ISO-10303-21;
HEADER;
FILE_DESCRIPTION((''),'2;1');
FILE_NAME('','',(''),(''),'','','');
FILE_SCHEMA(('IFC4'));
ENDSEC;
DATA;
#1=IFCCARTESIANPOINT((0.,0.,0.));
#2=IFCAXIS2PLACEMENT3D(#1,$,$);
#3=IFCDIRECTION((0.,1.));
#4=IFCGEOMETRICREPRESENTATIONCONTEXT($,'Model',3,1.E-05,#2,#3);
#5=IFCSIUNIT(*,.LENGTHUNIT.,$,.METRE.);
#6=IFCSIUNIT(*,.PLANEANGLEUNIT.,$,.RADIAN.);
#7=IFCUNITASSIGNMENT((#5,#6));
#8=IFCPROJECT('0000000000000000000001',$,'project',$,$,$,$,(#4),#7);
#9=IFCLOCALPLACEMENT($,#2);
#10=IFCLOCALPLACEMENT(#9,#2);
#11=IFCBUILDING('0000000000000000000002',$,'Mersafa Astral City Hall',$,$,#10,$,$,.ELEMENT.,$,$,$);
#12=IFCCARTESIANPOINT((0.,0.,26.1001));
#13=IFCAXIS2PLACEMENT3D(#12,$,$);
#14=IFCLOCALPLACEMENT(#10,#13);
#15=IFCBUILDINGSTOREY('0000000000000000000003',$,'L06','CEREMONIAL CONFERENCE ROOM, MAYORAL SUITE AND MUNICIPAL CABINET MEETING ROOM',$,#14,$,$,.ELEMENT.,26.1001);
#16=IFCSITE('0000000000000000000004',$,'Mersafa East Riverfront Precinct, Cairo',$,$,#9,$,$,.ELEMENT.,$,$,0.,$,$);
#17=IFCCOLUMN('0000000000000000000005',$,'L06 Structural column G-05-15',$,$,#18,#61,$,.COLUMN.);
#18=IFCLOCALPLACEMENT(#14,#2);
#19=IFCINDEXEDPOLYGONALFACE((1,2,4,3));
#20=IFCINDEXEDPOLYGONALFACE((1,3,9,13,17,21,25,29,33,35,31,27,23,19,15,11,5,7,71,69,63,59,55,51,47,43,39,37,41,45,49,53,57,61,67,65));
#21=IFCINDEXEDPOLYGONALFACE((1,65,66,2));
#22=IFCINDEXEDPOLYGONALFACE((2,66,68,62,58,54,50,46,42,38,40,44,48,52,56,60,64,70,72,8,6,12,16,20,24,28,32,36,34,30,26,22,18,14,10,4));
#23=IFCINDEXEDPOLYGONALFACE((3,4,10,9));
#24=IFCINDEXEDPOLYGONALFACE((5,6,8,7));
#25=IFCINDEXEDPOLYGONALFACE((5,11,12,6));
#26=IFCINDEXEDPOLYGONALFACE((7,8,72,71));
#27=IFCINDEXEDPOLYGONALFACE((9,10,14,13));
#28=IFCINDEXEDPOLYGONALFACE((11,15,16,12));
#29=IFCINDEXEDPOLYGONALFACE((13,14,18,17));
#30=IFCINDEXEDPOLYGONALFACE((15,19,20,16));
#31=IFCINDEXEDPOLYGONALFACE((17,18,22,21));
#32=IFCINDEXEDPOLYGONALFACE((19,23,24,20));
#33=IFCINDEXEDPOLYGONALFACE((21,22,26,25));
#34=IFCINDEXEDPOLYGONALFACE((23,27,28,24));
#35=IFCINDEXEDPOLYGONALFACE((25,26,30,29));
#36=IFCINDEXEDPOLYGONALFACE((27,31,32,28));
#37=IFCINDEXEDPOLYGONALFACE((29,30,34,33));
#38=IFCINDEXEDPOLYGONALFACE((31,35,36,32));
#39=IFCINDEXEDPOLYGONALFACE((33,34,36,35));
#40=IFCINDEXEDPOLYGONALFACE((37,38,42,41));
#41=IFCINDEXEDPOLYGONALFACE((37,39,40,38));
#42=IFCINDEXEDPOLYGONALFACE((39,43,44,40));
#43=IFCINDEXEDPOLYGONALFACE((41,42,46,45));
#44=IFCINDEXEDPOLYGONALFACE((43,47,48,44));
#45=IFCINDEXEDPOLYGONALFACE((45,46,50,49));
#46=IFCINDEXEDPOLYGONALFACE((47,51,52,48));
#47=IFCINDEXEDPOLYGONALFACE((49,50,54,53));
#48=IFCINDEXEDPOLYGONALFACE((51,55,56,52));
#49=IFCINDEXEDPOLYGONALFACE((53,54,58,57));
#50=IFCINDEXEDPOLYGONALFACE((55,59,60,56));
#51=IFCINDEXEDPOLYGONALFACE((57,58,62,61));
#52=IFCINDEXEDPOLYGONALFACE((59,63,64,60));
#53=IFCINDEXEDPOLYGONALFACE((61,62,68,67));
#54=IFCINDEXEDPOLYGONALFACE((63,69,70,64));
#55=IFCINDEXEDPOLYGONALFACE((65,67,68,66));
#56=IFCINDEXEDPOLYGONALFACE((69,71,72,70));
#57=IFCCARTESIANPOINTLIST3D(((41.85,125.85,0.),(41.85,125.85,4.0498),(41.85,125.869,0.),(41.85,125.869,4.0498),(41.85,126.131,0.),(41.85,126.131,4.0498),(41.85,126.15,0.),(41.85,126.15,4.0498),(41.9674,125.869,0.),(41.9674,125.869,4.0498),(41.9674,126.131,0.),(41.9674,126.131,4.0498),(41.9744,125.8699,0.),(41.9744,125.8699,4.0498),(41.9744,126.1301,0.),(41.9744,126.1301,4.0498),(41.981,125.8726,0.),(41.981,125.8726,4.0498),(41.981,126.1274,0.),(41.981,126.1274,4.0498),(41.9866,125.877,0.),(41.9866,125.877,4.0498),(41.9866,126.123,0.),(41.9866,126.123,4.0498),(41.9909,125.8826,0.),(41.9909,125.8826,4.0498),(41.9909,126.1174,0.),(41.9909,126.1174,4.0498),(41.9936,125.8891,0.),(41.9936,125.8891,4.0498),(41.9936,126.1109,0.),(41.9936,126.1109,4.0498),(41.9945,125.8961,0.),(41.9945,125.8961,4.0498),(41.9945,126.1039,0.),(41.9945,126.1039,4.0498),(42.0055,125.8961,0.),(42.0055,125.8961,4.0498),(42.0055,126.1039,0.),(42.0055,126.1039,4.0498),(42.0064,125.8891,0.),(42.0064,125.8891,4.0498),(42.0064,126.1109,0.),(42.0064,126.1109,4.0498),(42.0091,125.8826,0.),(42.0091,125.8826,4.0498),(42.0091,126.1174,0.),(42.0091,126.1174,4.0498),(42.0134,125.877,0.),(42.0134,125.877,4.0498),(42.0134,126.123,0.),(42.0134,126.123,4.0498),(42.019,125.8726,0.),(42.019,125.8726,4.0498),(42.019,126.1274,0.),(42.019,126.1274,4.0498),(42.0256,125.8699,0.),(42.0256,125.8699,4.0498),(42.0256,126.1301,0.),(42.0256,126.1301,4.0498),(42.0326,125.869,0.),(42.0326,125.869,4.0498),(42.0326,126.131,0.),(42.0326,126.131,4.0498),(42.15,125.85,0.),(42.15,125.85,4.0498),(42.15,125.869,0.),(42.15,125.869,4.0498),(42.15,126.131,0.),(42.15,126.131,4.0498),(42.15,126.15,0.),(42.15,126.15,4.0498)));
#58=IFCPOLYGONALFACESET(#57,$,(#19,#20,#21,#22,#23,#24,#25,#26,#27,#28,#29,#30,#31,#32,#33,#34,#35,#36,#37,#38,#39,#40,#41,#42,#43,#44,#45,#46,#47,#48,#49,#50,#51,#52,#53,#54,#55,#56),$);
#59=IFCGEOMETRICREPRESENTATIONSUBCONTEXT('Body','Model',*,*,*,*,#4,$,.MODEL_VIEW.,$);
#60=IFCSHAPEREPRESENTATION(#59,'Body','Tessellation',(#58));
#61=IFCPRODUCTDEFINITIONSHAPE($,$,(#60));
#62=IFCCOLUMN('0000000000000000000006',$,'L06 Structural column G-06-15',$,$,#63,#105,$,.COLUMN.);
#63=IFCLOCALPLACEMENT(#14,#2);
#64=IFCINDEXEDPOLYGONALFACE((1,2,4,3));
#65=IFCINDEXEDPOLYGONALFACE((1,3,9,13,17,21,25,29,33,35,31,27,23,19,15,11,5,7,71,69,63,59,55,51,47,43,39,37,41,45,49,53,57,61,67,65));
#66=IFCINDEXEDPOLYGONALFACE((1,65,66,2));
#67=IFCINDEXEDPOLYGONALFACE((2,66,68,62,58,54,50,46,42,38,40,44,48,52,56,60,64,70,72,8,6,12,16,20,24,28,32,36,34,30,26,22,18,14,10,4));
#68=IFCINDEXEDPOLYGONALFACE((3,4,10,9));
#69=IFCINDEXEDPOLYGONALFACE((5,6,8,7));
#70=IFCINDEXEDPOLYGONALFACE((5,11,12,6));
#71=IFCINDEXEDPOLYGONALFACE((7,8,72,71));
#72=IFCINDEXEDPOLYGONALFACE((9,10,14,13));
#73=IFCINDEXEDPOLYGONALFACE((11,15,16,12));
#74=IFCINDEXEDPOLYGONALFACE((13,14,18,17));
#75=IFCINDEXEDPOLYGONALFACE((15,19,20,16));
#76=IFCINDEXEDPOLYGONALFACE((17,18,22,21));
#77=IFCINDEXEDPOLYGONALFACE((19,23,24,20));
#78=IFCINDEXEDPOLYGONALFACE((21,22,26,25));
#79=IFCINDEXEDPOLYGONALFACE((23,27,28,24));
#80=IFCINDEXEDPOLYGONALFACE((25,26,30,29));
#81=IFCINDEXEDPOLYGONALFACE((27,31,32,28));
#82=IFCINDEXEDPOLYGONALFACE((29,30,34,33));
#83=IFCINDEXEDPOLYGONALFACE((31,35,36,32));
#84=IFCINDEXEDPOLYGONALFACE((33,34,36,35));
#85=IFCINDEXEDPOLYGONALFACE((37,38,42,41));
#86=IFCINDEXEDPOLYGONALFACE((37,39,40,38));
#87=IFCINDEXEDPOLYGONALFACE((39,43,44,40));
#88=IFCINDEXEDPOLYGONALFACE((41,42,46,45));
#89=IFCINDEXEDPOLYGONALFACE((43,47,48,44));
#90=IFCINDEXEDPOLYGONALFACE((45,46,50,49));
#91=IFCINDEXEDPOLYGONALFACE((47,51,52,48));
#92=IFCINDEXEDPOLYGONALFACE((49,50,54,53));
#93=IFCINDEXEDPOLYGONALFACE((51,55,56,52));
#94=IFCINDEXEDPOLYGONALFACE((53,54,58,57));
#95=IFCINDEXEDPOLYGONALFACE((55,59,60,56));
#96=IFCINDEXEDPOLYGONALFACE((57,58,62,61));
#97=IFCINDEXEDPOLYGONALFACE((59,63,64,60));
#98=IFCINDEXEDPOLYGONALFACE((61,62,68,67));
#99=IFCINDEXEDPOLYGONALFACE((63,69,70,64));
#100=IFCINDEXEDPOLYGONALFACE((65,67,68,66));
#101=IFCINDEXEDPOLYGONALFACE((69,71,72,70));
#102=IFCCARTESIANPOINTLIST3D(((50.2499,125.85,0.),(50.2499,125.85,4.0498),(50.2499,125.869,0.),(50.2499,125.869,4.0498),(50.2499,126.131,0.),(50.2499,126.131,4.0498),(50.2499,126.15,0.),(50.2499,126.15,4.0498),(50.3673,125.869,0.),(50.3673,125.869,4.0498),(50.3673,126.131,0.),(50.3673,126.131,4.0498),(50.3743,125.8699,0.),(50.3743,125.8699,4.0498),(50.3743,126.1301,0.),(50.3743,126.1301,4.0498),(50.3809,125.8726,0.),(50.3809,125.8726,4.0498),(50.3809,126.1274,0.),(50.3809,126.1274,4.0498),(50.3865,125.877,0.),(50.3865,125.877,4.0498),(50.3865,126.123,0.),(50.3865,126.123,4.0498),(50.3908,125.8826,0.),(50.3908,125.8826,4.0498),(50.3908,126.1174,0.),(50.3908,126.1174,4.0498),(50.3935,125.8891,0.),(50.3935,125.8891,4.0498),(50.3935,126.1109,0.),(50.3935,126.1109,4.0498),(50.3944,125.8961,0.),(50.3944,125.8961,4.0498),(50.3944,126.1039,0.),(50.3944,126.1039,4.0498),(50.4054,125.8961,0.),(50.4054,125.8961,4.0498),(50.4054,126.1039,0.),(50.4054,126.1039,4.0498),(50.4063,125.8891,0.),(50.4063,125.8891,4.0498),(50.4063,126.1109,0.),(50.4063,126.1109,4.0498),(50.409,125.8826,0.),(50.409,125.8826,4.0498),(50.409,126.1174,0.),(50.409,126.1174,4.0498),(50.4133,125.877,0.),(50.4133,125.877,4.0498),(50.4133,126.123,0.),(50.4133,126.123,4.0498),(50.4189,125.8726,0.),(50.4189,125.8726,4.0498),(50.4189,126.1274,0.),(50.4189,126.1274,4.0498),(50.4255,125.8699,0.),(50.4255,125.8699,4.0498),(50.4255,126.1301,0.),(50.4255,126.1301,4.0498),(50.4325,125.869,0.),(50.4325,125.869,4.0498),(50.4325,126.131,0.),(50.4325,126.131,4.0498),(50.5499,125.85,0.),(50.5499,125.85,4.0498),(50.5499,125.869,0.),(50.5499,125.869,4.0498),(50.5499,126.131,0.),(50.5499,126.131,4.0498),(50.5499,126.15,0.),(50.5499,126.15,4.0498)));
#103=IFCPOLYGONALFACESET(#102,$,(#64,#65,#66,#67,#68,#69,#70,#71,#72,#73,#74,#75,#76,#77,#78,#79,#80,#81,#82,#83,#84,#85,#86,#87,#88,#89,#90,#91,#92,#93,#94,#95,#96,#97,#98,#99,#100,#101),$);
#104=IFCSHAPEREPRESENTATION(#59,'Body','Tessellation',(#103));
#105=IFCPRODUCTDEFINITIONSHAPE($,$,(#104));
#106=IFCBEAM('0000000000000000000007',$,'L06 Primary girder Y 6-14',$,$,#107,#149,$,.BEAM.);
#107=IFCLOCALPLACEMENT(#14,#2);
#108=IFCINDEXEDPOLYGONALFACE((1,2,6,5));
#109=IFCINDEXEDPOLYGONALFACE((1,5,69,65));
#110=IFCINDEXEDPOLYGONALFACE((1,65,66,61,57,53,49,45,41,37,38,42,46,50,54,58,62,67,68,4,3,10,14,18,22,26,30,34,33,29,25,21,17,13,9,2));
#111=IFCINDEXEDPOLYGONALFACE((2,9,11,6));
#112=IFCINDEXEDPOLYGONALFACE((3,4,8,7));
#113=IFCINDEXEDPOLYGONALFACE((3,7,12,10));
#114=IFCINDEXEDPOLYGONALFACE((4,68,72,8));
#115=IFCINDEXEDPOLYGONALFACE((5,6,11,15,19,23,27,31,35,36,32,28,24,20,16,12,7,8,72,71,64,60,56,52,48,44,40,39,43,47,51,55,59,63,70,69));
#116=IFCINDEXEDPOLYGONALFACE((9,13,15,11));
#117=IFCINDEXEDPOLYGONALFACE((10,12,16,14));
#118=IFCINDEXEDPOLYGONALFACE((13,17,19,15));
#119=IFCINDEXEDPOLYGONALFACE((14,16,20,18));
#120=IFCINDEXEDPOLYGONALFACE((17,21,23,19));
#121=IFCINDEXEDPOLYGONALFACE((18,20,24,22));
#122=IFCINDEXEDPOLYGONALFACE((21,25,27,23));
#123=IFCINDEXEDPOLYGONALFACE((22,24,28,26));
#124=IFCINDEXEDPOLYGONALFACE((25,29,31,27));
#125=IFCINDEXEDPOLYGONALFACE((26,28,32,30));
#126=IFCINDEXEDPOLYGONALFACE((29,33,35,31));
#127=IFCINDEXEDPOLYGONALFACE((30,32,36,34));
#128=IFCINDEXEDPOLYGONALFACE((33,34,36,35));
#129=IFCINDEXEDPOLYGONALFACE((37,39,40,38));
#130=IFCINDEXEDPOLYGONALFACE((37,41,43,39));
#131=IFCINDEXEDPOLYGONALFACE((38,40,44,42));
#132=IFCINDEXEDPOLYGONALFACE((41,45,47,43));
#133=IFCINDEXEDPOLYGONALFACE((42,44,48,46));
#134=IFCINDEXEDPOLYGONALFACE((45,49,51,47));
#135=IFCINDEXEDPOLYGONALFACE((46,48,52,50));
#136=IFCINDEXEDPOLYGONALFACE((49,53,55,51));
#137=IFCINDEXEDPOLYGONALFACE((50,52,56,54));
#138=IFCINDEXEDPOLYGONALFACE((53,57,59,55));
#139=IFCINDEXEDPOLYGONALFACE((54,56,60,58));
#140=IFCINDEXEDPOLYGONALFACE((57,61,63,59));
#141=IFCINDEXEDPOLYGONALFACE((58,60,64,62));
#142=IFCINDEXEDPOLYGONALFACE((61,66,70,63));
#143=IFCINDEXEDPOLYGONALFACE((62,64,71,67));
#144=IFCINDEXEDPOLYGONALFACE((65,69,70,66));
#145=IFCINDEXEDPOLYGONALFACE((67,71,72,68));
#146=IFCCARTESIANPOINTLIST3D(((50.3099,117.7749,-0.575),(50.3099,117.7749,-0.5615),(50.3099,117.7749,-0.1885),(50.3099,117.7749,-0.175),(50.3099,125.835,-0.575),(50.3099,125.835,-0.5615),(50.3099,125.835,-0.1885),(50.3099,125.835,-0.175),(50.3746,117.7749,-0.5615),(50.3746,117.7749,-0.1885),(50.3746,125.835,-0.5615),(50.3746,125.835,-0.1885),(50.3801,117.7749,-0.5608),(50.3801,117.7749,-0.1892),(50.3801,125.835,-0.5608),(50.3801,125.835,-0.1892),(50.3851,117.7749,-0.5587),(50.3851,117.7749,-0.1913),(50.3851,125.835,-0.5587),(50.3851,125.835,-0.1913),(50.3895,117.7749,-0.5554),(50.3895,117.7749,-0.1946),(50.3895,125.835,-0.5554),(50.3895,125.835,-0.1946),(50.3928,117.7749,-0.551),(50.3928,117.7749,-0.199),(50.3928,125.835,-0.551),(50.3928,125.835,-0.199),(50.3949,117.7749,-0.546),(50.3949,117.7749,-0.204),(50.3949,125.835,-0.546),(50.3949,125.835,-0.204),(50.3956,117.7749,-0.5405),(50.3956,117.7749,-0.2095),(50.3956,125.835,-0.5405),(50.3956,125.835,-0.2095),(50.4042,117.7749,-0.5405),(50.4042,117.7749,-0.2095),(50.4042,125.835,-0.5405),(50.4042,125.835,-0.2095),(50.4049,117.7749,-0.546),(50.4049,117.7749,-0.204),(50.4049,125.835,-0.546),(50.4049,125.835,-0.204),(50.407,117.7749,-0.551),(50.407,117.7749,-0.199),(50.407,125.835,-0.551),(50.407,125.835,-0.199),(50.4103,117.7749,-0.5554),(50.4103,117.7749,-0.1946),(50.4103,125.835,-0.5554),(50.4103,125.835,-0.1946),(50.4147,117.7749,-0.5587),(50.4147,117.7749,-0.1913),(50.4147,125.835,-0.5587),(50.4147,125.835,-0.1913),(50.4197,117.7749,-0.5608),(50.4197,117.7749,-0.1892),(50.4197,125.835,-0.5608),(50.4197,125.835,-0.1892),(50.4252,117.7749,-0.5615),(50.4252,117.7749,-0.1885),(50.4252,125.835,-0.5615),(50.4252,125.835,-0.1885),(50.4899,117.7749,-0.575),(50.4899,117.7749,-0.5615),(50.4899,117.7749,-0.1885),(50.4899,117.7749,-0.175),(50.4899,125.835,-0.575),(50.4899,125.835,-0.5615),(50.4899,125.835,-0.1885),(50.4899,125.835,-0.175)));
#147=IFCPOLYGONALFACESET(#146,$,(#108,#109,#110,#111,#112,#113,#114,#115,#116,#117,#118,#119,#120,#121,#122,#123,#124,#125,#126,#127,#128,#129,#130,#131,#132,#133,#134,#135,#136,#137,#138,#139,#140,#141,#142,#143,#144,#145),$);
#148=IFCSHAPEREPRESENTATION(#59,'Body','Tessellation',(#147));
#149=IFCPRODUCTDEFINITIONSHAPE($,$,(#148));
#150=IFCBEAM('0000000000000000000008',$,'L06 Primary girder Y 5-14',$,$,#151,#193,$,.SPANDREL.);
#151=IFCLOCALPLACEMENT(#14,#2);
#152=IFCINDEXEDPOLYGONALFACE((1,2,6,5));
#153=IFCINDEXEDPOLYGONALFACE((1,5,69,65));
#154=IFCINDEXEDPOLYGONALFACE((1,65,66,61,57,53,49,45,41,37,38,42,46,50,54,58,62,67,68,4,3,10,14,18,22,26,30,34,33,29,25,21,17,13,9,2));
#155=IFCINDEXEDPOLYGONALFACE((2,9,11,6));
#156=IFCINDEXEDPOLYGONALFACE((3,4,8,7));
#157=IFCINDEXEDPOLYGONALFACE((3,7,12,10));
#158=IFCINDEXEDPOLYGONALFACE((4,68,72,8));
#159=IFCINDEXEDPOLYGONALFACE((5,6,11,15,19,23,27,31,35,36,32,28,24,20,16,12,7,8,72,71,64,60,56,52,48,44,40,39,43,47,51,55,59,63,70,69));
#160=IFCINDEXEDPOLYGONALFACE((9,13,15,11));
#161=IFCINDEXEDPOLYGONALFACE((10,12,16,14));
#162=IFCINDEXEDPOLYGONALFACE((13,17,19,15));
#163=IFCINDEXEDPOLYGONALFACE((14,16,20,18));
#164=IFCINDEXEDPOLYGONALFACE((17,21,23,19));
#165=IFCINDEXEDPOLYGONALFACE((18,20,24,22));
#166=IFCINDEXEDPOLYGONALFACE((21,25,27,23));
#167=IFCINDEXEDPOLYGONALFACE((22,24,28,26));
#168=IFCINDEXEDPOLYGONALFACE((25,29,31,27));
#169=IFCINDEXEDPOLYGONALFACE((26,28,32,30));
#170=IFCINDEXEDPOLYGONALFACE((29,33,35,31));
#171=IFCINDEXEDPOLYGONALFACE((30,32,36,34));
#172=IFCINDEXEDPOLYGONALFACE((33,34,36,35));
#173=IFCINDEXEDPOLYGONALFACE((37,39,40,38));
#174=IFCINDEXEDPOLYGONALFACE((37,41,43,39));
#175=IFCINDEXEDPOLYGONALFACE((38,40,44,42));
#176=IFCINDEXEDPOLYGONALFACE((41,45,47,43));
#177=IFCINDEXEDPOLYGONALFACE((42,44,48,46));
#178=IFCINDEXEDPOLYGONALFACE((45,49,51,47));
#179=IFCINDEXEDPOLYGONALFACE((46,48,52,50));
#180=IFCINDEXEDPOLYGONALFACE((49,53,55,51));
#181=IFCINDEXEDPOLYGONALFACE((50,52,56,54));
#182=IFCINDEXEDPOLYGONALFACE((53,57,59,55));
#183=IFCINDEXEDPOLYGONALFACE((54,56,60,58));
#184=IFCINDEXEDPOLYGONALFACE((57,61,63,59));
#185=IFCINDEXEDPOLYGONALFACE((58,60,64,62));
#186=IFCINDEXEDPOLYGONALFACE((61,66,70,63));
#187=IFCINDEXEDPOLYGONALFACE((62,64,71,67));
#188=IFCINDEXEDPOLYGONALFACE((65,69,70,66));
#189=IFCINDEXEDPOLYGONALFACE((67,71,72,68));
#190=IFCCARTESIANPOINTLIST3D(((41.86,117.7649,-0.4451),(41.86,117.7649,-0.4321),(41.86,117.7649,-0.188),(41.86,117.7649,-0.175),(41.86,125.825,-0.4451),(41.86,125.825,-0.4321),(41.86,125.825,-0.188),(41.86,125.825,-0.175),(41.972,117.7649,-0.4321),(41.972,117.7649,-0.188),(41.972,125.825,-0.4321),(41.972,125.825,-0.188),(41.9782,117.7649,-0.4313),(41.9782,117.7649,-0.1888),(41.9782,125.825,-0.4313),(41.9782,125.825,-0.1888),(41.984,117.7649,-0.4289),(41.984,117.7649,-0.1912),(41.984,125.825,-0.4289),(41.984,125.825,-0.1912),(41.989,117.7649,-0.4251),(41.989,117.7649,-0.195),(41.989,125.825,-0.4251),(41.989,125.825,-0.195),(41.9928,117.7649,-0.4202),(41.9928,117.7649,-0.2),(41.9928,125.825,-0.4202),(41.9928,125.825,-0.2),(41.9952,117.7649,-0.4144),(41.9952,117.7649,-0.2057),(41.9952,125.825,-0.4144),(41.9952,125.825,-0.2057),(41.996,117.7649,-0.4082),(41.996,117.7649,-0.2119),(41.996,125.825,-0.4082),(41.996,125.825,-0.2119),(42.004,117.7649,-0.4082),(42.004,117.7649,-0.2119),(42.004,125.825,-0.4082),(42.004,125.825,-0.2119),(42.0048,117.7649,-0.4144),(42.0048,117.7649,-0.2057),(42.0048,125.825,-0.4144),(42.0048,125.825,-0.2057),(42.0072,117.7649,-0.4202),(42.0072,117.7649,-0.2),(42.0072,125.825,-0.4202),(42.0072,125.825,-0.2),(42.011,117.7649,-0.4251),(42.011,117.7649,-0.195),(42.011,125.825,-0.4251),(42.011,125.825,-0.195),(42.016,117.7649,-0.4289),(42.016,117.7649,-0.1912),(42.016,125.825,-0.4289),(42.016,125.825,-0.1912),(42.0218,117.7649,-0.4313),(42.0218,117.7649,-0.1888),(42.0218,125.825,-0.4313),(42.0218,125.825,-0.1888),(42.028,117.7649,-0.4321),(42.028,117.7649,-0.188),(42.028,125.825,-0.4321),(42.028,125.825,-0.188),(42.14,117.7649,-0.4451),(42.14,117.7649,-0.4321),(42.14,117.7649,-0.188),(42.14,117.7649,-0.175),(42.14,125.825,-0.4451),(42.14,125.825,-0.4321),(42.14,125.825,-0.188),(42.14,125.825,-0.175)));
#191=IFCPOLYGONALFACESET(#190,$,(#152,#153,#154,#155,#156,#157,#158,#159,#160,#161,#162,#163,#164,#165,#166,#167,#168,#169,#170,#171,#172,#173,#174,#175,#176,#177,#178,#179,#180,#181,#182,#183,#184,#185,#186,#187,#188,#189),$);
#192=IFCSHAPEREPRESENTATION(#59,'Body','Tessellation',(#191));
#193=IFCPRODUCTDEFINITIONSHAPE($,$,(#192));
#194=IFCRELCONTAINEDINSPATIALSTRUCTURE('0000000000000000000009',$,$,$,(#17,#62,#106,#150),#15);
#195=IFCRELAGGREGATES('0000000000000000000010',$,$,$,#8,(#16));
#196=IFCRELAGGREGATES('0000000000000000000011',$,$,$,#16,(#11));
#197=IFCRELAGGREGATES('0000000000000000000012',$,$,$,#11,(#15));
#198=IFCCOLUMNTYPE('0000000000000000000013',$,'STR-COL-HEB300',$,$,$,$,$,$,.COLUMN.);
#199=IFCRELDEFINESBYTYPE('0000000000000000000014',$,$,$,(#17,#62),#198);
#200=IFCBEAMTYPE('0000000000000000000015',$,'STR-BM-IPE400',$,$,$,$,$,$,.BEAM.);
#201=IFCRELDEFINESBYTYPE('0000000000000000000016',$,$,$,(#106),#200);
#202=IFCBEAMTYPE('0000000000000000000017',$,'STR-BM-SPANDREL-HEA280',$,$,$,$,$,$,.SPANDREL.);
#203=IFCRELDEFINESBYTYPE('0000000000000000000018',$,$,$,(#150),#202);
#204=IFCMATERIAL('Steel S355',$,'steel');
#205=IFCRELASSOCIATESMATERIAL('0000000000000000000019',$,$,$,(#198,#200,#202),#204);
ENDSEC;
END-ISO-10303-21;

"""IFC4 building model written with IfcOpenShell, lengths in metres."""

from ifc_helpers import new_model, si_unit, direction, frame, origin, origin_2d, place, context, subcontext, project, spatial, i_section, extrude, material, material_profile, profile_set, type_object, element, save


model = new_model("IFC4")

# Units and contexts
model_context = context("Model", 3, precision=1e-05, world=origin(), true_north=direction((0.0, 1.0)))
body_context = subcontext(model_context, "Body", "Model", "MODEL_VIEW")
ifc_project = project(units=[si_unit("LENGTHUNIT", "METRE"), si_unit("PLANEANGLEUNIT", "RADIAN")], contexts=[model_context])

# Site, building, storey
site_placement = place(None, origin())
site = spatial("IfcSite", under=ifc_project, at=site_placement, Name="Mersafa East Riverfront Precinct, Cairo", CompositionType="ELEMENT", RefElevation=0.0)
building_placement = place(site_placement, origin())
building = spatial("IfcBuilding", under=site, at=building_placement, Name="Mersafa Astral City Hall", CompositionType="ELEMENT")
storey_placement = place(building_placement, frame((0.0, 0.0, 26.1001)))
storey = spatial("IfcBuildingStorey", under=building, at=storey_placement, Name="L06", Description="CEREMONIAL CONFERENCE ROOM, MAYORAL SUITE AND MUNICIPAL CABINET MEETING ROOM", CompositionType="ELEMENT", Elevation=26.1001)

# Columns
ifc_material_1 = material(Name="Steel S355", Category="steel")
ifc_material_profile_1 = material_profile(ifc_material_1, i_section(OverallWidth=0.3, OverallDepth=0.3, WebThickness=0.011, FlangeThickness=0.019, FilletRadius=0.0271, at=origin_2d()), Name="HEB 300")
ifc_profile_set_1 = profile_set([ifc_material_profile_1], Name="Steel S355")
column_type = type_object("IfcColumnType", Name="STR-COL-HEB300", PredefinedType="COLUMN", material=ifc_profile_set_1)
for number, where, z_axis, x_axis, name in (
    (1, (42.0, 126.0, 0.0), (0.0, 0.0, 1.0), (1.0, 0.0, 0.0), "L06 Structural column G-05-15"),
    (2, (50.3999, 126.0, 0.0), (0.0, 0.0, 1.0), (1.0, 0.0, 0.0), "L06 Structural column G-06-15"),
):
    element("IfcColumn", number, at=place(storey_placement, frame(where, z_axis=z_axis, x_axis=x_axis)), inside=storey, type_object=column_type, Name=name, PredefinedType="COLUMN", context=body_context, shape_type="SweptSolid", body=[
        extrude(i_section(OverallWidth=0.3, OverallDepth=0.3, WebThickness=0.011, FlangeThickness=0.019, FilletRadius=0.0271, at=origin_2d()), origin(), (0.0, 0.0, 1.0), 4.0498),
    ])

# Beams
ifc_material_profile_2 = material_profile(ifc_material_1, i_section(OverallWidth=0.1799, OverallDepth=0.3999, WebThickness=0.0085, FlangeThickness=0.0134, FilletRadius=0.021, at=origin_2d()), Name="IPE 400")
ifc_profile_set_2 = profile_set([ifc_material_profile_2], Name="Steel S355")
beam_type_1 = type_object("IfcBeamType", Name="STR-BM-IPE400", PredefinedType="BEAM", material=ifc_profile_set_2)
beam_1_placement = place(storey_placement, frame((50.3999, 117.7749, -0.375), z_axis=(0.0, 1.0, 0.0), x_axis=(-1.0, 0.0, 0.0)))
element("IfcBeam", 3, at=beam_1_placement, inside=storey, type_object=beam_type_1, Name="L06 Primary girder Y 6-14", PredefinedType="BEAM", context=body_context, shape_type="SweptSolid", body=[
    extrude(i_section(OverallWidth=0.1799, OverallDepth=0.3999, WebThickness=0.0085, FlangeThickness=0.0134, FilletRadius=0.021, at=origin_2d()), origin(), (0.0, 0.0, 1.0), 8.0601),
])
ifc_material_profile_3 = material_profile(ifc_material_1, i_section(OverallWidth=0.28, OverallDepth=0.27, WebThickness=0.0081, FlangeThickness=0.0129, FilletRadius=0.0239, at=origin_2d()), Name="HEA 280")
ifc_profile_set_3 = profile_set([ifc_material_profile_3], Name="Steel S355")
beam_type_2 = type_object("IfcBeamType", Name="STR-BM-SPANDREL-HEA280", PredefinedType="SPANDREL", material=ifc_profile_set_3)
beam_2_placement = place(storey_placement, frame((42.0, 117.7649, -0.3101), z_axis=(0.0, 1.0, 0.0), x_axis=(-1.0, 0.0, 0.0)))
element("IfcBeam", 4, at=beam_2_placement, inside=storey, type_object=beam_type_2, Name="L06 Primary girder Y 5-14", PredefinedType="SPANDREL", context=body_context, shape_type="SweptSolid", body=[
    extrude(i_section(OverallWidth=0.28, OverallDepth=0.27, WebThickness=0.0081, FlangeThickness=0.0129, FilletRadius=0.0239, at=origin_2d()), origin(), (0.0, 0.0, 1.0), 8.0601),
])

save(model, "model.ifc")
